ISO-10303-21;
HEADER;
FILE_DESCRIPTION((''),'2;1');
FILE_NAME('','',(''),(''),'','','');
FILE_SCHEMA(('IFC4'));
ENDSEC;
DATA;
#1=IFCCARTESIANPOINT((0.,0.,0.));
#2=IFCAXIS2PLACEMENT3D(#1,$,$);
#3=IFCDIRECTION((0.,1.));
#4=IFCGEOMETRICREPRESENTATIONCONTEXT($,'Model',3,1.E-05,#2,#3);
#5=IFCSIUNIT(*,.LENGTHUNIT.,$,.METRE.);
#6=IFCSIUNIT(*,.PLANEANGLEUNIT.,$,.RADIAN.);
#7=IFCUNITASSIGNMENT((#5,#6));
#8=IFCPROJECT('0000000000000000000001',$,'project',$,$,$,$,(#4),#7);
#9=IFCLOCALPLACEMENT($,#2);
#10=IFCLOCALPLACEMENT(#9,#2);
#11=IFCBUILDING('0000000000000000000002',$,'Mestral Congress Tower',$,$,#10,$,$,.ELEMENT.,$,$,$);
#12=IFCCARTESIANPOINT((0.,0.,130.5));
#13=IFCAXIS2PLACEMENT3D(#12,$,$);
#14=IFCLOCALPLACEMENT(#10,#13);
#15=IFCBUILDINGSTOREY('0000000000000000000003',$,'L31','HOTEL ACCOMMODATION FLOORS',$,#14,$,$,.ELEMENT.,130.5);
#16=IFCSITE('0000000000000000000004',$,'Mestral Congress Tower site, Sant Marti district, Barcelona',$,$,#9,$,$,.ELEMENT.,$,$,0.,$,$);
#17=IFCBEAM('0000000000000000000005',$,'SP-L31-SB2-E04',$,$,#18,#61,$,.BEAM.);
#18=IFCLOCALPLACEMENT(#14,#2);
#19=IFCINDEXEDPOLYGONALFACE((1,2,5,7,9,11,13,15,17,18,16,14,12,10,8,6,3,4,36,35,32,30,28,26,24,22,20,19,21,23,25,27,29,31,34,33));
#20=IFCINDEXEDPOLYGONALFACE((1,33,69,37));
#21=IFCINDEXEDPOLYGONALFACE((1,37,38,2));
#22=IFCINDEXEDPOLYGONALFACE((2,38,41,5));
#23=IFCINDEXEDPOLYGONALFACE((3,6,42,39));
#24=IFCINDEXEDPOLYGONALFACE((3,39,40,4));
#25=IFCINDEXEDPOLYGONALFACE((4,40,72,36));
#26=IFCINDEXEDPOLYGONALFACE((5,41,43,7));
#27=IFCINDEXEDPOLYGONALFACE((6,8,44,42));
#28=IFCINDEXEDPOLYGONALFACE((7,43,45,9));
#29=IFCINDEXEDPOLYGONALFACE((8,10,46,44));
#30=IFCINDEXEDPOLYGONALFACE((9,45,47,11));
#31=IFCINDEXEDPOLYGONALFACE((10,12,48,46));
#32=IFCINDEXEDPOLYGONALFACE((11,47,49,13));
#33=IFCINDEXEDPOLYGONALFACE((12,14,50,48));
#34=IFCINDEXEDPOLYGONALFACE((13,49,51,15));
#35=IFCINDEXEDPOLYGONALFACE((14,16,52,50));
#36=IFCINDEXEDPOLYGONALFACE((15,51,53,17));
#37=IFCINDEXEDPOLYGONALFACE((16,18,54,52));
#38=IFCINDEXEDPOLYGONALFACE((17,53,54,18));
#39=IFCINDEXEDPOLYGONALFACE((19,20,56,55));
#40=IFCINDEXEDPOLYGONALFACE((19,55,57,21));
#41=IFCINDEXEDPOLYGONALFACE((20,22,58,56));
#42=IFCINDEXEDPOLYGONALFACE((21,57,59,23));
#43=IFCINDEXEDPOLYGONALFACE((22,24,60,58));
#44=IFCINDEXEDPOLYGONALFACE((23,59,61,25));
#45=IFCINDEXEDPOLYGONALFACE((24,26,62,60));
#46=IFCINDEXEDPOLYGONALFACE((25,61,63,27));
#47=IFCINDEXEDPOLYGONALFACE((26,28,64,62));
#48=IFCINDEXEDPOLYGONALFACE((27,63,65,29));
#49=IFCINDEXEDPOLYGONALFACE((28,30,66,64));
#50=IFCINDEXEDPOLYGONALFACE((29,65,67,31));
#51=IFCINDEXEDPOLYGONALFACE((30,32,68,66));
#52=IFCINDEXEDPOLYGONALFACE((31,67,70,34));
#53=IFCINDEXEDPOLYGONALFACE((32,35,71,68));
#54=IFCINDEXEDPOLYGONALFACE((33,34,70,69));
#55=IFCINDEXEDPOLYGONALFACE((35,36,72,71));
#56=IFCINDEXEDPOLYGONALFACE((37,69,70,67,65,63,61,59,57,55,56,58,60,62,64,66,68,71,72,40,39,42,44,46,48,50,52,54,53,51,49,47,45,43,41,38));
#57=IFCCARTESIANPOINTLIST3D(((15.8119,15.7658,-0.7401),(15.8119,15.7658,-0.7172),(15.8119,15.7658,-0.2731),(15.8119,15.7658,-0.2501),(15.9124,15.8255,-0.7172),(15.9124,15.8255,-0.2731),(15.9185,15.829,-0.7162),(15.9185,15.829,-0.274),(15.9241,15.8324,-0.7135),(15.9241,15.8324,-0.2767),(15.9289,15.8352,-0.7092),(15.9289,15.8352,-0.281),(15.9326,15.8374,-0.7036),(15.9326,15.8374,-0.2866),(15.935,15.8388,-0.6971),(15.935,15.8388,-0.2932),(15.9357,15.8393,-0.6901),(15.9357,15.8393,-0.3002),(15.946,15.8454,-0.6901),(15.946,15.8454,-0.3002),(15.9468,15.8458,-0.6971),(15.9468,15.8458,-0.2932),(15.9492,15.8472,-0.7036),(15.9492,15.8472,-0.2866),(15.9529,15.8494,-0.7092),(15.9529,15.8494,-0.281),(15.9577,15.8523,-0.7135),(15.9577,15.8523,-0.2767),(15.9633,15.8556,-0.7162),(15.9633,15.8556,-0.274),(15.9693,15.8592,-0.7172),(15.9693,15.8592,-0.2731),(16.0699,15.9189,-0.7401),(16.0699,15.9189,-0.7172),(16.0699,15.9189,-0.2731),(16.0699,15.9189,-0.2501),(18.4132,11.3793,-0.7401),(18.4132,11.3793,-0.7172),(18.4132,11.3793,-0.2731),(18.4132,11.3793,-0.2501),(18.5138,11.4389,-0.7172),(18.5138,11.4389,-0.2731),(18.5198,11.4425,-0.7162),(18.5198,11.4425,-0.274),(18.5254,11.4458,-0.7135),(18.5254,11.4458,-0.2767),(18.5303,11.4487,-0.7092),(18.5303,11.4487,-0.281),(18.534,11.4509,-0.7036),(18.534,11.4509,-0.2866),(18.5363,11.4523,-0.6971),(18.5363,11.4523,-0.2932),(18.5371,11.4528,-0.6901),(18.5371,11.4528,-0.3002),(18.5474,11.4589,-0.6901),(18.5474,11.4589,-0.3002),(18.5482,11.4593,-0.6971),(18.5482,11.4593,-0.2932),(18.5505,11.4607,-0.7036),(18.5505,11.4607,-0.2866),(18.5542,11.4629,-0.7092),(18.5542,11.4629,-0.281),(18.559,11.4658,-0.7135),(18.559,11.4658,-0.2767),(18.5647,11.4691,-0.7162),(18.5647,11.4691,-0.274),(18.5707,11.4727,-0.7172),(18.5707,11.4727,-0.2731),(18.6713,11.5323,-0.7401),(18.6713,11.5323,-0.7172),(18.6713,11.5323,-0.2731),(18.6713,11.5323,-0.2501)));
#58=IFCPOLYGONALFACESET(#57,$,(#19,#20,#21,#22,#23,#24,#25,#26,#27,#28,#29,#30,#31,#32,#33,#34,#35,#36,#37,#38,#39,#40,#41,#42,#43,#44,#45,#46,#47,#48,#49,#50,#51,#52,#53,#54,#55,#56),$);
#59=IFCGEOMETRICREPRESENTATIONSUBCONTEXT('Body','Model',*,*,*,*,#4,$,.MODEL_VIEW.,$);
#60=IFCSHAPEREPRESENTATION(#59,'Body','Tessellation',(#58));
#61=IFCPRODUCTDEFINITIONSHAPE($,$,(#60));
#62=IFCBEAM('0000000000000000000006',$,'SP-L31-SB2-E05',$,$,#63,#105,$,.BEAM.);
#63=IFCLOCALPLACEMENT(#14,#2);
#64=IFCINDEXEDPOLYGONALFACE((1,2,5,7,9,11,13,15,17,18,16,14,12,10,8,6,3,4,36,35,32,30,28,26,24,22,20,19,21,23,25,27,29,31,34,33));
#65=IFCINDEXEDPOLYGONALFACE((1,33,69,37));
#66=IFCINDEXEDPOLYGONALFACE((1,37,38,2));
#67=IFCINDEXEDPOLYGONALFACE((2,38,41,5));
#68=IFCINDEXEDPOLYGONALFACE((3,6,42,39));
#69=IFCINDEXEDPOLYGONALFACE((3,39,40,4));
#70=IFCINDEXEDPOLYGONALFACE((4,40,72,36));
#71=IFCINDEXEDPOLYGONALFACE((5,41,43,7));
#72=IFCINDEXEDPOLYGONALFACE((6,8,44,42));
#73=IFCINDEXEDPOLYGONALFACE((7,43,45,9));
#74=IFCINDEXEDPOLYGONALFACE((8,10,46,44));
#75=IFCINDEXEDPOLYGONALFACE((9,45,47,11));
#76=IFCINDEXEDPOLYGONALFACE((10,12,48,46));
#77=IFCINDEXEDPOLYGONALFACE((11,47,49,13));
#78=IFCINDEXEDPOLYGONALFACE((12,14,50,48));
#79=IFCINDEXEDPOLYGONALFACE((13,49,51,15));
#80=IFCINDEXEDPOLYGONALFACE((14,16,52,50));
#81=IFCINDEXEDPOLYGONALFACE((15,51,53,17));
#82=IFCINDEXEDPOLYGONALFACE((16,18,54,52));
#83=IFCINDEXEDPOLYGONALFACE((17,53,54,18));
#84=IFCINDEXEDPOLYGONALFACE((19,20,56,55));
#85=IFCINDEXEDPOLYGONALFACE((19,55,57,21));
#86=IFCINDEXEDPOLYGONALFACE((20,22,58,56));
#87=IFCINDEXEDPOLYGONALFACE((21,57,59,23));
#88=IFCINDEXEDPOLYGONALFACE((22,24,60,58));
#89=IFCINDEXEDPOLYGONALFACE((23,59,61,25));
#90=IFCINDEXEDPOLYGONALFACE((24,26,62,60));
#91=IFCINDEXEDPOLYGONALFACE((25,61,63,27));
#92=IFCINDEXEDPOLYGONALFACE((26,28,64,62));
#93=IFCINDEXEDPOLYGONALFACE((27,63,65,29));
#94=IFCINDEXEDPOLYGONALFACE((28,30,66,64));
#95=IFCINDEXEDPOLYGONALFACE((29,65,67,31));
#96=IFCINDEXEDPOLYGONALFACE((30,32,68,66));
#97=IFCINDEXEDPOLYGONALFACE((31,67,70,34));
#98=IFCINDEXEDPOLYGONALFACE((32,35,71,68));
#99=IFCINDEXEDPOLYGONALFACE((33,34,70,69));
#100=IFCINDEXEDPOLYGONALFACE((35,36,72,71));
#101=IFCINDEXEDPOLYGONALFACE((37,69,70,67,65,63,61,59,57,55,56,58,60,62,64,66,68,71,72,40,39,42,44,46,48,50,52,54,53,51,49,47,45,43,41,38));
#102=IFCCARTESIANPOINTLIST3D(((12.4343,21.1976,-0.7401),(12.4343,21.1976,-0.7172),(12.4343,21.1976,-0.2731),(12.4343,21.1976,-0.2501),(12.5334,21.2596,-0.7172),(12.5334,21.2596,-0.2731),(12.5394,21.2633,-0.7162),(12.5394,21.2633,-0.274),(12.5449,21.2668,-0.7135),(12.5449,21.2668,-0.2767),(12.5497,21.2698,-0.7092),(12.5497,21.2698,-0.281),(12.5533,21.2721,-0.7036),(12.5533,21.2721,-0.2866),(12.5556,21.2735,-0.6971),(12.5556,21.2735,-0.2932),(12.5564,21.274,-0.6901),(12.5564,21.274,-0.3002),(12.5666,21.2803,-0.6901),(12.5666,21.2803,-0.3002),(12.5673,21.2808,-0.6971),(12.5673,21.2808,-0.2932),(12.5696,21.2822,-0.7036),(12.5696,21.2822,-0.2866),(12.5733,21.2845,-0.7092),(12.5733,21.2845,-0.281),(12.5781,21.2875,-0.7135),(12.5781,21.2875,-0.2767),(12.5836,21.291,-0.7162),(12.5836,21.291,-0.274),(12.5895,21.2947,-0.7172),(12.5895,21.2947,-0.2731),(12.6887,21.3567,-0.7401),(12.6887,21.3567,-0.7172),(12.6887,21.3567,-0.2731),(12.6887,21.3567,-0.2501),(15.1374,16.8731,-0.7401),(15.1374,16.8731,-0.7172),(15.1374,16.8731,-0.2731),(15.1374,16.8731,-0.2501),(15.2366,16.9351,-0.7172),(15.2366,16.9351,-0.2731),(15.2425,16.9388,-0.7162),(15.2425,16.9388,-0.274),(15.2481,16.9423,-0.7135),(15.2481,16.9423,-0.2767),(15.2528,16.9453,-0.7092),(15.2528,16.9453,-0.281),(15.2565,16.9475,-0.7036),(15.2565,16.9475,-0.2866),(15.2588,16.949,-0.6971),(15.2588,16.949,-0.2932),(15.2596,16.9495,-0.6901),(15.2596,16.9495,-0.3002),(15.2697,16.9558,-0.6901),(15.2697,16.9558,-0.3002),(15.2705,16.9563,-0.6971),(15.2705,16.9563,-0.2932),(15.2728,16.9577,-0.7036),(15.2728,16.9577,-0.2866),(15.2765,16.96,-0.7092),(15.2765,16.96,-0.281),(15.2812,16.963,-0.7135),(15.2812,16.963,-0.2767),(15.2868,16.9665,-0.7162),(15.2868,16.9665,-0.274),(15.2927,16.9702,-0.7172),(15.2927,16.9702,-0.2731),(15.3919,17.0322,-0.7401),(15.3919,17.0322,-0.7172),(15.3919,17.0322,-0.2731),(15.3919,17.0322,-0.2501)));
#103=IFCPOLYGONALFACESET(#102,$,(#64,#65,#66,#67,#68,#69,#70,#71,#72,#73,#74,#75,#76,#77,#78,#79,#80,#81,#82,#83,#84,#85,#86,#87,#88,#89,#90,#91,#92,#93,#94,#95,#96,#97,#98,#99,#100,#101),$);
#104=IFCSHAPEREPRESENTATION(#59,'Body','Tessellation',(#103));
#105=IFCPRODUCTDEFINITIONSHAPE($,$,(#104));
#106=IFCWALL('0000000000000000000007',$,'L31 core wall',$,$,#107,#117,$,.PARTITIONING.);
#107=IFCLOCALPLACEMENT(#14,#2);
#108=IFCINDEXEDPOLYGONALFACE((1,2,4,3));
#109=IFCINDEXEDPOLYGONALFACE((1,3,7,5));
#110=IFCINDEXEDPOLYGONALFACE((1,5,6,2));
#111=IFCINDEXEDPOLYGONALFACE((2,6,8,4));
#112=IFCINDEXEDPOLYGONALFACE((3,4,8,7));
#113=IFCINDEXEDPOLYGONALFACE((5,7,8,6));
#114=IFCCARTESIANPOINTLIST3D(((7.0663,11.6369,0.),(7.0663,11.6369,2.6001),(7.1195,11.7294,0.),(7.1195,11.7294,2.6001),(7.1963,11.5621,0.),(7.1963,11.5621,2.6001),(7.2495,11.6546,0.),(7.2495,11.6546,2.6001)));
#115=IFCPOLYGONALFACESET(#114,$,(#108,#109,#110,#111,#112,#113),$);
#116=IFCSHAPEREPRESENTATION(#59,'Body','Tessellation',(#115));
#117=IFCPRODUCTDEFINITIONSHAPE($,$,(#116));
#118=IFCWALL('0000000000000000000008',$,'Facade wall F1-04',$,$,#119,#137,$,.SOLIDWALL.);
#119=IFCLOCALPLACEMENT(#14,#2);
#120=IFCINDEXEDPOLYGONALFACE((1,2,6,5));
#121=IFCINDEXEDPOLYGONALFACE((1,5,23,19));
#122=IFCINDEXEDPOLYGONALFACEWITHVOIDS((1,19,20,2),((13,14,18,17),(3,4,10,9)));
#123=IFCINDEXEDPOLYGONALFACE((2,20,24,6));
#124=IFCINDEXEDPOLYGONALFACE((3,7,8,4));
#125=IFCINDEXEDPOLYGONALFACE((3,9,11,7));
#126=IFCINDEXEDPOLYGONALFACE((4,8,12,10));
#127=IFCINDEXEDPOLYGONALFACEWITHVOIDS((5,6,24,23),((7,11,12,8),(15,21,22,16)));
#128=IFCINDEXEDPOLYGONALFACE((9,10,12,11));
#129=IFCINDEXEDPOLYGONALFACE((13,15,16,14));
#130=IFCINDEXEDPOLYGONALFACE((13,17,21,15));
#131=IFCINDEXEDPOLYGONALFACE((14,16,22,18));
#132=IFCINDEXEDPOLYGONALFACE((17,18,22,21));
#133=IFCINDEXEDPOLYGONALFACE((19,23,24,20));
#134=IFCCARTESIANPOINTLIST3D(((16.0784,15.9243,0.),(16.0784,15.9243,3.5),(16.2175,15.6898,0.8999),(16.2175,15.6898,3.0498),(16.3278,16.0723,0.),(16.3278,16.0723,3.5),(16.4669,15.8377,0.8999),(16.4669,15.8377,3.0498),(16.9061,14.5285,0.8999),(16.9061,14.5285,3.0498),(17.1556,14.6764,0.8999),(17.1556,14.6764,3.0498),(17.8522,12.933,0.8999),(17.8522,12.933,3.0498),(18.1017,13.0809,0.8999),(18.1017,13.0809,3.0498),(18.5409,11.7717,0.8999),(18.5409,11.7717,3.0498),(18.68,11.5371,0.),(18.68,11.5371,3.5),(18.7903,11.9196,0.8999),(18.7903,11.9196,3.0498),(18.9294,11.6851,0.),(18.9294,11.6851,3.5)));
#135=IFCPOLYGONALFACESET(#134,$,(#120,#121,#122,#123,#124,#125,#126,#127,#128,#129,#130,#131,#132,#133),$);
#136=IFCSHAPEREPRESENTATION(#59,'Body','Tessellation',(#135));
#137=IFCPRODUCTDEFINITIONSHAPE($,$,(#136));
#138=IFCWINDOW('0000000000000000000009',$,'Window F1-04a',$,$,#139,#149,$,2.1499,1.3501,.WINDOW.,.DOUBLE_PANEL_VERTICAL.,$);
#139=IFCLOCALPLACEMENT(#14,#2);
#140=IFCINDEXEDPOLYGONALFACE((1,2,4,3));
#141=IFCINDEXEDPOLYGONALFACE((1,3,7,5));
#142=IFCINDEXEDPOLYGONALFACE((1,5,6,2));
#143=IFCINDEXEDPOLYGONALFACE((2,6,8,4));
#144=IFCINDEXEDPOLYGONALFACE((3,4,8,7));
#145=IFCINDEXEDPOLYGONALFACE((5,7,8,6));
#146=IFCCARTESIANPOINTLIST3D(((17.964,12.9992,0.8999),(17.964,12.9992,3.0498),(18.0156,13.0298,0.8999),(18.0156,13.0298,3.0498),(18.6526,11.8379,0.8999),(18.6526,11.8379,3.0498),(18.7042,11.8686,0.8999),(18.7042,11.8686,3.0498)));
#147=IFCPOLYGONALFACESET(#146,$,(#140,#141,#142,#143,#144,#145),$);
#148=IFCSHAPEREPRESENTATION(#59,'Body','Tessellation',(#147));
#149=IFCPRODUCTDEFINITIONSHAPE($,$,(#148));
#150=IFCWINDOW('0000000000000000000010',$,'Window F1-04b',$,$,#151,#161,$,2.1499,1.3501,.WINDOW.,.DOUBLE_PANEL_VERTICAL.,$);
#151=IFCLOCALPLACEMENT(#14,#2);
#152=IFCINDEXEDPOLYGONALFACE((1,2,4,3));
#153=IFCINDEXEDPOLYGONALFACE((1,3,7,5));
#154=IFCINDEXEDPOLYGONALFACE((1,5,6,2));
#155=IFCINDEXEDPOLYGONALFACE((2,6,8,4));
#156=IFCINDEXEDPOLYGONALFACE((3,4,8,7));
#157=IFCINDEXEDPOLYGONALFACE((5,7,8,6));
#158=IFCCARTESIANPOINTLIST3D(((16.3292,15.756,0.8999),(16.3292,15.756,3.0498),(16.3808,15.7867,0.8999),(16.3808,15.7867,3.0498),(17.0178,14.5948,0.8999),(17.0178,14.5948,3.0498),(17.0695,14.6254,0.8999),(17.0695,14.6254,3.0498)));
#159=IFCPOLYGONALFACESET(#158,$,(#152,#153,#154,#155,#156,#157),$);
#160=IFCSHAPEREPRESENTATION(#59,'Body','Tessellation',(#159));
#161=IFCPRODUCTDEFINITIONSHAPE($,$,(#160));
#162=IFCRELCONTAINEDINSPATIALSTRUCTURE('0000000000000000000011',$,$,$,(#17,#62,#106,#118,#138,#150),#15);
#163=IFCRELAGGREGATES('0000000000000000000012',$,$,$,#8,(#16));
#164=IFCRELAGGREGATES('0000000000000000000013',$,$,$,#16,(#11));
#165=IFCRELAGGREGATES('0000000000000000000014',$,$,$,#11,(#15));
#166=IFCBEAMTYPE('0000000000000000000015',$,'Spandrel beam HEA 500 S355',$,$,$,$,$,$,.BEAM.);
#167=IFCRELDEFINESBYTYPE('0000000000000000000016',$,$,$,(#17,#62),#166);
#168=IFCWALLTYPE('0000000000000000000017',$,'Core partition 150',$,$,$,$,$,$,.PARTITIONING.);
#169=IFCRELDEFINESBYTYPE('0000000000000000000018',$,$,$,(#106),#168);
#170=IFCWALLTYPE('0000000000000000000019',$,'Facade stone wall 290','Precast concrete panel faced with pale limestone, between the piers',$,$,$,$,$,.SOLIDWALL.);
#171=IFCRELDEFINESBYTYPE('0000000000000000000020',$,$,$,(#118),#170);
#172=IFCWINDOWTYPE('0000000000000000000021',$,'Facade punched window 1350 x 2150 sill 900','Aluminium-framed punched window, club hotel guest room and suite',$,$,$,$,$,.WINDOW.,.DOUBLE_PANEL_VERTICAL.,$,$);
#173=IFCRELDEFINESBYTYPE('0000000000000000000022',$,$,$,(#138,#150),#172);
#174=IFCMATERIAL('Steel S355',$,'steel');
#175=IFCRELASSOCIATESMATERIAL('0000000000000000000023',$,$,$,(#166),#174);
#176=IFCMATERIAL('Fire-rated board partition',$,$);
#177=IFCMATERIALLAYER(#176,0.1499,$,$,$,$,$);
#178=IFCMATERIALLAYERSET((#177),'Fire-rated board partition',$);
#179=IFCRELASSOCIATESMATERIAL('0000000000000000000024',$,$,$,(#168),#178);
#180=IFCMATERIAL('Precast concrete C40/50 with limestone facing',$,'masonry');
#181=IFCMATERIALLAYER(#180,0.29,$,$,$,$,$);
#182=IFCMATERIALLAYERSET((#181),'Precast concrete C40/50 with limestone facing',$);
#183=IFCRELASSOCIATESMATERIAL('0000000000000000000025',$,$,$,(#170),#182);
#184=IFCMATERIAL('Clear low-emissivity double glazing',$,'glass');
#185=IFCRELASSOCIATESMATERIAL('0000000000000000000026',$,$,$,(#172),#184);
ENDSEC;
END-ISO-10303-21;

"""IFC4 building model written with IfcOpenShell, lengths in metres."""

from ifc_helpers import new_model, si_unit, direction, frame, frame_2d, origin, origin_2d, place, context, subcontext, project, spatial, rectangle, i_section, extrude, material, layer, layer_set, material_profile, profile_set, type_object, element, fill, save


model = new_model("IFC4")

# Units and contexts
model_context = context("Model", 3, precision=1e-05, world=origin(), true_north=direction((0.0, 1.0)))
body_context = subcontext(model_context, "Body", "Model", "MODEL_VIEW")
ifc_project = project(units=[si_unit("LENGTHUNIT", "METRE"), si_unit("PLANEANGLEUNIT", "RADIAN")], contexts=[model_context])

# Site, building, storey
site_placement = place(None, origin())
site = spatial("IfcSite", under=ifc_project, at=site_placement, Name="Mestral Congress Tower site, Sant Marti district, Barcelona", CompositionType="ELEMENT", RefElevation=0.0)
building_placement = place(site_placement, origin())
building = spatial("IfcBuilding", under=site, at=building_placement, Name="Mestral Congress Tower", CompositionType="ELEMENT")
storey_placement = place(building_placement, frame((0.0, 0.0, 130.5)))
storey = spatial("IfcBuildingStorey", under=building, at=storey_placement, Name="L31", Description="HOTEL ACCOMMODATION FLOORS", CompositionType="ELEMENT", Elevation=130.5)

# Beams
ifc_material_1 = material(Name="Steel S355", Category="steel")
ifc_material_profile_1 = material_profile(ifc_material_1, i_section(OverallWidth=0.3, OverallDepth=0.49, WebThickness=0.012, FlangeThickness=0.0229, FilletRadius=0.0271, at=origin_2d()), Name="HEA 500")
ifc_profile_set_1 = profile_set([ifc_material_profile_1], Name="Steel S355")
beam_type_1 = type_object("IfcBeamType", Name="Spandrel beam HEA 500 S355", PredefinedType="BEAM", material=ifc_profile_set_1)
for number, where, z_axis, x_axis, name in (
    (1, (18.5422, 11.4558, -0.4951), (-0.510082, 0.860126, 0.0), (-0.860126, -0.510082, 0.0), "SP-L31-SB2-E04"),
    (2, (15.2646, 16.9526, -0.4951), (-0.530046, 0.847969, 0.0), (-0.847969, -0.530046, 0.0), "SP-L31-SB2-E05"),
):
    element("IfcBeam", number, at=place(storey_placement, frame(where, z_axis=z_axis, x_axis=x_axis)), inside=storey, type_object=beam_type_1, Name=name, PredefinedType="BEAM", context=body_context, shape_type="SweptSolid", body=[
        extrude(i_section(OverallWidth=0.3, OverallDepth=0.49, WebThickness=0.012, FlangeThickness=0.0229, FilletRadius=0.0271, at=origin_2d()), origin(), (0.0, 0.0, 1.0), 5.0999),
    ])

# Wall
ifc_material_2 = material(Name="Fire-rated board partition")
ifc_layer_1 = layer(ifc_material_2, 0.1499)
ifc_layer_set_1 = layer_set([ifc_layer_1], Name="Fire-rated board partition")
wall_type_1 = type_object("IfcWallType", Name="Core partition 150", PredefinedType="PARTITIONING", material=ifc_layer_set_1)
wall_1_placement = place(storey_placement, frame((7.1313, 11.5996, 0.0), z_axis=(0.0, 0.0, 1.0), x_axis=(0.4986, 0.866832, 0.0)))
element("IfcWall", 3, at=wall_1_placement, inside=storey, type_object=wall_type_1, Name="L31 core wall", PredefinedType="PARTITIONING", context=body_context, shape_type="SweptSolid", body=[
    extrude(rectangle(XDim=0.1067, YDim=0.1499, at=frame_2d((0.0532, 0.0))), origin(), (0.0, 0.0, 1.0), 2.6001),
])

# Wall, openings, windows
ifc_material_3 = material(Name="Precast concrete C40/50 with limestone facing", Category="masonry")
ifc_layer_2 = layer(ifc_material_3, 0.29)
ifc_layer_set_2 = layer_set([ifc_layer_2], Name="Precast concrete C40/50 with limestone facing")
wall_type_2 = type_object("IfcWallType", Name="Facade stone wall 290", Description="Precast concrete panel faced with pale limestone, between the piers", PredefinedType="SOLIDWALL", material=ifc_layer_set_2)
wall_2_placement = place(storey_placement, frame((18.8047, 11.6111, 0.0), z_axis=(0.0, 0.0, 1.0), x_axis=(-0.510054, 0.860142, 0.0)))
wall_2 = element("IfcWall", 4, at=wall_2_placement, inside=storey, type_object=wall_type_2, Name="Facade wall F1-04", PredefinedType="SOLIDWALL", context=body_context, shape_type="SweptSolid", body=[
    extrude(rectangle(XDim=5.1006, YDim=0.29, at=frame_2d((2.5503, 0.0))), origin(), (0.0, 0.0, 1.0), 3.5),
])
opening_1_placement = place(wall_2_placement, frame((0.2727, 0.0, 0.8999)))
opening_1 = element("IfcOpeningElement", 5, at=opening_1_placement, cuts=wall_2, PredefinedType="OPENING", context=body_context, shape_type="SweptSolid", body=[
    extrude(rectangle(XDim=1.3501, YDim=2.1499, at=frame_2d((0.675, 1.075))), frame((0.0, 0.155, 0.0), z_axis=(0.0, -1.0, 0.0), x_axis=(1.0, 0.0, 0.0)), (0.0, 0.0, 1.0), 0.3101),
])
opening_2_placement = place(wall_2_placement, frame((3.4778, 0.0, 0.8999)))
opening_2 = element("IfcOpeningElement", 6, at=opening_2_placement, cuts=wall_2, PredefinedType="OPENING", context=body_context, shape_type="SweptSolid", body=[
    extrude(rectangle(XDim=1.3501, YDim=2.1499, at=frame_2d((0.675, 1.075))), frame((0.0, 0.155, 0.0), z_axis=(0.0, -1.0, 0.0), x_axis=(1.0, 0.0, 0.0)), (0.0, 0.0, 1.0), 0.3101),
])
ifc_material_4 = material(Name="Clear low-emissivity double glazing", Category="glass")
window_type = type_object("IfcWindowType", Name="Facade punched window 1350 x 2150 sill 900", Description="Aluminium-framed punched window, club hotel guest room and suite", PartitioningType="DOUBLE_PANEL_VERTICAL", PredefinedType="WINDOW", material=ifc_material_4)
window_1_placement = place(opening_1_placement, origin())
window_1 = element("IfcWindow", 7, at=window_1_placement, inside=storey, type_object=window_type, Name="Window F1-04a", OverallHeight=2.1499, OverallWidth=1.3501, PartitioningType="DOUBLE_PANEL_VERTICAL", PredefinedType="WINDOW", context=body_context, shape_type="SweptSolid", body=[
    extrude(rectangle(XDim=1.3501, YDim=2.1499, at=frame_2d((0.675, 1.075))), frame((0.0, 0.0151, 0.0), z_axis=(0.0, -1.0, 0.0), x_axis=(1.0, 0.0, 0.0)), (0.0, 0.0, 1.0), 0.0601),
])
fill(opening_1, window_1)
window_2_placement = place(opening_2_placement, origin())
window_2 = element("IfcWindow", 8, at=window_2_placement, inside=storey, type_object=window_type, Name="Window F1-04b", OverallHeight=2.1499, OverallWidth=1.3501, PartitioningType="DOUBLE_PANEL_VERTICAL", PredefinedType="WINDOW", context=body_context, shape_type="SweptSolid", body=[
    extrude(rectangle(XDim=1.3501, YDim=2.1499, at=frame_2d((0.675, 1.075))), frame((0.0, 0.0151, 0.0), z_axis=(0.0, -1.0, 0.0), x_axis=(1.0, 0.0, 0.0)), (0.0, 0.0, 1.0), 0.0601),
])
fill(opening_2, window_2)

save(model, "model.ifc")
